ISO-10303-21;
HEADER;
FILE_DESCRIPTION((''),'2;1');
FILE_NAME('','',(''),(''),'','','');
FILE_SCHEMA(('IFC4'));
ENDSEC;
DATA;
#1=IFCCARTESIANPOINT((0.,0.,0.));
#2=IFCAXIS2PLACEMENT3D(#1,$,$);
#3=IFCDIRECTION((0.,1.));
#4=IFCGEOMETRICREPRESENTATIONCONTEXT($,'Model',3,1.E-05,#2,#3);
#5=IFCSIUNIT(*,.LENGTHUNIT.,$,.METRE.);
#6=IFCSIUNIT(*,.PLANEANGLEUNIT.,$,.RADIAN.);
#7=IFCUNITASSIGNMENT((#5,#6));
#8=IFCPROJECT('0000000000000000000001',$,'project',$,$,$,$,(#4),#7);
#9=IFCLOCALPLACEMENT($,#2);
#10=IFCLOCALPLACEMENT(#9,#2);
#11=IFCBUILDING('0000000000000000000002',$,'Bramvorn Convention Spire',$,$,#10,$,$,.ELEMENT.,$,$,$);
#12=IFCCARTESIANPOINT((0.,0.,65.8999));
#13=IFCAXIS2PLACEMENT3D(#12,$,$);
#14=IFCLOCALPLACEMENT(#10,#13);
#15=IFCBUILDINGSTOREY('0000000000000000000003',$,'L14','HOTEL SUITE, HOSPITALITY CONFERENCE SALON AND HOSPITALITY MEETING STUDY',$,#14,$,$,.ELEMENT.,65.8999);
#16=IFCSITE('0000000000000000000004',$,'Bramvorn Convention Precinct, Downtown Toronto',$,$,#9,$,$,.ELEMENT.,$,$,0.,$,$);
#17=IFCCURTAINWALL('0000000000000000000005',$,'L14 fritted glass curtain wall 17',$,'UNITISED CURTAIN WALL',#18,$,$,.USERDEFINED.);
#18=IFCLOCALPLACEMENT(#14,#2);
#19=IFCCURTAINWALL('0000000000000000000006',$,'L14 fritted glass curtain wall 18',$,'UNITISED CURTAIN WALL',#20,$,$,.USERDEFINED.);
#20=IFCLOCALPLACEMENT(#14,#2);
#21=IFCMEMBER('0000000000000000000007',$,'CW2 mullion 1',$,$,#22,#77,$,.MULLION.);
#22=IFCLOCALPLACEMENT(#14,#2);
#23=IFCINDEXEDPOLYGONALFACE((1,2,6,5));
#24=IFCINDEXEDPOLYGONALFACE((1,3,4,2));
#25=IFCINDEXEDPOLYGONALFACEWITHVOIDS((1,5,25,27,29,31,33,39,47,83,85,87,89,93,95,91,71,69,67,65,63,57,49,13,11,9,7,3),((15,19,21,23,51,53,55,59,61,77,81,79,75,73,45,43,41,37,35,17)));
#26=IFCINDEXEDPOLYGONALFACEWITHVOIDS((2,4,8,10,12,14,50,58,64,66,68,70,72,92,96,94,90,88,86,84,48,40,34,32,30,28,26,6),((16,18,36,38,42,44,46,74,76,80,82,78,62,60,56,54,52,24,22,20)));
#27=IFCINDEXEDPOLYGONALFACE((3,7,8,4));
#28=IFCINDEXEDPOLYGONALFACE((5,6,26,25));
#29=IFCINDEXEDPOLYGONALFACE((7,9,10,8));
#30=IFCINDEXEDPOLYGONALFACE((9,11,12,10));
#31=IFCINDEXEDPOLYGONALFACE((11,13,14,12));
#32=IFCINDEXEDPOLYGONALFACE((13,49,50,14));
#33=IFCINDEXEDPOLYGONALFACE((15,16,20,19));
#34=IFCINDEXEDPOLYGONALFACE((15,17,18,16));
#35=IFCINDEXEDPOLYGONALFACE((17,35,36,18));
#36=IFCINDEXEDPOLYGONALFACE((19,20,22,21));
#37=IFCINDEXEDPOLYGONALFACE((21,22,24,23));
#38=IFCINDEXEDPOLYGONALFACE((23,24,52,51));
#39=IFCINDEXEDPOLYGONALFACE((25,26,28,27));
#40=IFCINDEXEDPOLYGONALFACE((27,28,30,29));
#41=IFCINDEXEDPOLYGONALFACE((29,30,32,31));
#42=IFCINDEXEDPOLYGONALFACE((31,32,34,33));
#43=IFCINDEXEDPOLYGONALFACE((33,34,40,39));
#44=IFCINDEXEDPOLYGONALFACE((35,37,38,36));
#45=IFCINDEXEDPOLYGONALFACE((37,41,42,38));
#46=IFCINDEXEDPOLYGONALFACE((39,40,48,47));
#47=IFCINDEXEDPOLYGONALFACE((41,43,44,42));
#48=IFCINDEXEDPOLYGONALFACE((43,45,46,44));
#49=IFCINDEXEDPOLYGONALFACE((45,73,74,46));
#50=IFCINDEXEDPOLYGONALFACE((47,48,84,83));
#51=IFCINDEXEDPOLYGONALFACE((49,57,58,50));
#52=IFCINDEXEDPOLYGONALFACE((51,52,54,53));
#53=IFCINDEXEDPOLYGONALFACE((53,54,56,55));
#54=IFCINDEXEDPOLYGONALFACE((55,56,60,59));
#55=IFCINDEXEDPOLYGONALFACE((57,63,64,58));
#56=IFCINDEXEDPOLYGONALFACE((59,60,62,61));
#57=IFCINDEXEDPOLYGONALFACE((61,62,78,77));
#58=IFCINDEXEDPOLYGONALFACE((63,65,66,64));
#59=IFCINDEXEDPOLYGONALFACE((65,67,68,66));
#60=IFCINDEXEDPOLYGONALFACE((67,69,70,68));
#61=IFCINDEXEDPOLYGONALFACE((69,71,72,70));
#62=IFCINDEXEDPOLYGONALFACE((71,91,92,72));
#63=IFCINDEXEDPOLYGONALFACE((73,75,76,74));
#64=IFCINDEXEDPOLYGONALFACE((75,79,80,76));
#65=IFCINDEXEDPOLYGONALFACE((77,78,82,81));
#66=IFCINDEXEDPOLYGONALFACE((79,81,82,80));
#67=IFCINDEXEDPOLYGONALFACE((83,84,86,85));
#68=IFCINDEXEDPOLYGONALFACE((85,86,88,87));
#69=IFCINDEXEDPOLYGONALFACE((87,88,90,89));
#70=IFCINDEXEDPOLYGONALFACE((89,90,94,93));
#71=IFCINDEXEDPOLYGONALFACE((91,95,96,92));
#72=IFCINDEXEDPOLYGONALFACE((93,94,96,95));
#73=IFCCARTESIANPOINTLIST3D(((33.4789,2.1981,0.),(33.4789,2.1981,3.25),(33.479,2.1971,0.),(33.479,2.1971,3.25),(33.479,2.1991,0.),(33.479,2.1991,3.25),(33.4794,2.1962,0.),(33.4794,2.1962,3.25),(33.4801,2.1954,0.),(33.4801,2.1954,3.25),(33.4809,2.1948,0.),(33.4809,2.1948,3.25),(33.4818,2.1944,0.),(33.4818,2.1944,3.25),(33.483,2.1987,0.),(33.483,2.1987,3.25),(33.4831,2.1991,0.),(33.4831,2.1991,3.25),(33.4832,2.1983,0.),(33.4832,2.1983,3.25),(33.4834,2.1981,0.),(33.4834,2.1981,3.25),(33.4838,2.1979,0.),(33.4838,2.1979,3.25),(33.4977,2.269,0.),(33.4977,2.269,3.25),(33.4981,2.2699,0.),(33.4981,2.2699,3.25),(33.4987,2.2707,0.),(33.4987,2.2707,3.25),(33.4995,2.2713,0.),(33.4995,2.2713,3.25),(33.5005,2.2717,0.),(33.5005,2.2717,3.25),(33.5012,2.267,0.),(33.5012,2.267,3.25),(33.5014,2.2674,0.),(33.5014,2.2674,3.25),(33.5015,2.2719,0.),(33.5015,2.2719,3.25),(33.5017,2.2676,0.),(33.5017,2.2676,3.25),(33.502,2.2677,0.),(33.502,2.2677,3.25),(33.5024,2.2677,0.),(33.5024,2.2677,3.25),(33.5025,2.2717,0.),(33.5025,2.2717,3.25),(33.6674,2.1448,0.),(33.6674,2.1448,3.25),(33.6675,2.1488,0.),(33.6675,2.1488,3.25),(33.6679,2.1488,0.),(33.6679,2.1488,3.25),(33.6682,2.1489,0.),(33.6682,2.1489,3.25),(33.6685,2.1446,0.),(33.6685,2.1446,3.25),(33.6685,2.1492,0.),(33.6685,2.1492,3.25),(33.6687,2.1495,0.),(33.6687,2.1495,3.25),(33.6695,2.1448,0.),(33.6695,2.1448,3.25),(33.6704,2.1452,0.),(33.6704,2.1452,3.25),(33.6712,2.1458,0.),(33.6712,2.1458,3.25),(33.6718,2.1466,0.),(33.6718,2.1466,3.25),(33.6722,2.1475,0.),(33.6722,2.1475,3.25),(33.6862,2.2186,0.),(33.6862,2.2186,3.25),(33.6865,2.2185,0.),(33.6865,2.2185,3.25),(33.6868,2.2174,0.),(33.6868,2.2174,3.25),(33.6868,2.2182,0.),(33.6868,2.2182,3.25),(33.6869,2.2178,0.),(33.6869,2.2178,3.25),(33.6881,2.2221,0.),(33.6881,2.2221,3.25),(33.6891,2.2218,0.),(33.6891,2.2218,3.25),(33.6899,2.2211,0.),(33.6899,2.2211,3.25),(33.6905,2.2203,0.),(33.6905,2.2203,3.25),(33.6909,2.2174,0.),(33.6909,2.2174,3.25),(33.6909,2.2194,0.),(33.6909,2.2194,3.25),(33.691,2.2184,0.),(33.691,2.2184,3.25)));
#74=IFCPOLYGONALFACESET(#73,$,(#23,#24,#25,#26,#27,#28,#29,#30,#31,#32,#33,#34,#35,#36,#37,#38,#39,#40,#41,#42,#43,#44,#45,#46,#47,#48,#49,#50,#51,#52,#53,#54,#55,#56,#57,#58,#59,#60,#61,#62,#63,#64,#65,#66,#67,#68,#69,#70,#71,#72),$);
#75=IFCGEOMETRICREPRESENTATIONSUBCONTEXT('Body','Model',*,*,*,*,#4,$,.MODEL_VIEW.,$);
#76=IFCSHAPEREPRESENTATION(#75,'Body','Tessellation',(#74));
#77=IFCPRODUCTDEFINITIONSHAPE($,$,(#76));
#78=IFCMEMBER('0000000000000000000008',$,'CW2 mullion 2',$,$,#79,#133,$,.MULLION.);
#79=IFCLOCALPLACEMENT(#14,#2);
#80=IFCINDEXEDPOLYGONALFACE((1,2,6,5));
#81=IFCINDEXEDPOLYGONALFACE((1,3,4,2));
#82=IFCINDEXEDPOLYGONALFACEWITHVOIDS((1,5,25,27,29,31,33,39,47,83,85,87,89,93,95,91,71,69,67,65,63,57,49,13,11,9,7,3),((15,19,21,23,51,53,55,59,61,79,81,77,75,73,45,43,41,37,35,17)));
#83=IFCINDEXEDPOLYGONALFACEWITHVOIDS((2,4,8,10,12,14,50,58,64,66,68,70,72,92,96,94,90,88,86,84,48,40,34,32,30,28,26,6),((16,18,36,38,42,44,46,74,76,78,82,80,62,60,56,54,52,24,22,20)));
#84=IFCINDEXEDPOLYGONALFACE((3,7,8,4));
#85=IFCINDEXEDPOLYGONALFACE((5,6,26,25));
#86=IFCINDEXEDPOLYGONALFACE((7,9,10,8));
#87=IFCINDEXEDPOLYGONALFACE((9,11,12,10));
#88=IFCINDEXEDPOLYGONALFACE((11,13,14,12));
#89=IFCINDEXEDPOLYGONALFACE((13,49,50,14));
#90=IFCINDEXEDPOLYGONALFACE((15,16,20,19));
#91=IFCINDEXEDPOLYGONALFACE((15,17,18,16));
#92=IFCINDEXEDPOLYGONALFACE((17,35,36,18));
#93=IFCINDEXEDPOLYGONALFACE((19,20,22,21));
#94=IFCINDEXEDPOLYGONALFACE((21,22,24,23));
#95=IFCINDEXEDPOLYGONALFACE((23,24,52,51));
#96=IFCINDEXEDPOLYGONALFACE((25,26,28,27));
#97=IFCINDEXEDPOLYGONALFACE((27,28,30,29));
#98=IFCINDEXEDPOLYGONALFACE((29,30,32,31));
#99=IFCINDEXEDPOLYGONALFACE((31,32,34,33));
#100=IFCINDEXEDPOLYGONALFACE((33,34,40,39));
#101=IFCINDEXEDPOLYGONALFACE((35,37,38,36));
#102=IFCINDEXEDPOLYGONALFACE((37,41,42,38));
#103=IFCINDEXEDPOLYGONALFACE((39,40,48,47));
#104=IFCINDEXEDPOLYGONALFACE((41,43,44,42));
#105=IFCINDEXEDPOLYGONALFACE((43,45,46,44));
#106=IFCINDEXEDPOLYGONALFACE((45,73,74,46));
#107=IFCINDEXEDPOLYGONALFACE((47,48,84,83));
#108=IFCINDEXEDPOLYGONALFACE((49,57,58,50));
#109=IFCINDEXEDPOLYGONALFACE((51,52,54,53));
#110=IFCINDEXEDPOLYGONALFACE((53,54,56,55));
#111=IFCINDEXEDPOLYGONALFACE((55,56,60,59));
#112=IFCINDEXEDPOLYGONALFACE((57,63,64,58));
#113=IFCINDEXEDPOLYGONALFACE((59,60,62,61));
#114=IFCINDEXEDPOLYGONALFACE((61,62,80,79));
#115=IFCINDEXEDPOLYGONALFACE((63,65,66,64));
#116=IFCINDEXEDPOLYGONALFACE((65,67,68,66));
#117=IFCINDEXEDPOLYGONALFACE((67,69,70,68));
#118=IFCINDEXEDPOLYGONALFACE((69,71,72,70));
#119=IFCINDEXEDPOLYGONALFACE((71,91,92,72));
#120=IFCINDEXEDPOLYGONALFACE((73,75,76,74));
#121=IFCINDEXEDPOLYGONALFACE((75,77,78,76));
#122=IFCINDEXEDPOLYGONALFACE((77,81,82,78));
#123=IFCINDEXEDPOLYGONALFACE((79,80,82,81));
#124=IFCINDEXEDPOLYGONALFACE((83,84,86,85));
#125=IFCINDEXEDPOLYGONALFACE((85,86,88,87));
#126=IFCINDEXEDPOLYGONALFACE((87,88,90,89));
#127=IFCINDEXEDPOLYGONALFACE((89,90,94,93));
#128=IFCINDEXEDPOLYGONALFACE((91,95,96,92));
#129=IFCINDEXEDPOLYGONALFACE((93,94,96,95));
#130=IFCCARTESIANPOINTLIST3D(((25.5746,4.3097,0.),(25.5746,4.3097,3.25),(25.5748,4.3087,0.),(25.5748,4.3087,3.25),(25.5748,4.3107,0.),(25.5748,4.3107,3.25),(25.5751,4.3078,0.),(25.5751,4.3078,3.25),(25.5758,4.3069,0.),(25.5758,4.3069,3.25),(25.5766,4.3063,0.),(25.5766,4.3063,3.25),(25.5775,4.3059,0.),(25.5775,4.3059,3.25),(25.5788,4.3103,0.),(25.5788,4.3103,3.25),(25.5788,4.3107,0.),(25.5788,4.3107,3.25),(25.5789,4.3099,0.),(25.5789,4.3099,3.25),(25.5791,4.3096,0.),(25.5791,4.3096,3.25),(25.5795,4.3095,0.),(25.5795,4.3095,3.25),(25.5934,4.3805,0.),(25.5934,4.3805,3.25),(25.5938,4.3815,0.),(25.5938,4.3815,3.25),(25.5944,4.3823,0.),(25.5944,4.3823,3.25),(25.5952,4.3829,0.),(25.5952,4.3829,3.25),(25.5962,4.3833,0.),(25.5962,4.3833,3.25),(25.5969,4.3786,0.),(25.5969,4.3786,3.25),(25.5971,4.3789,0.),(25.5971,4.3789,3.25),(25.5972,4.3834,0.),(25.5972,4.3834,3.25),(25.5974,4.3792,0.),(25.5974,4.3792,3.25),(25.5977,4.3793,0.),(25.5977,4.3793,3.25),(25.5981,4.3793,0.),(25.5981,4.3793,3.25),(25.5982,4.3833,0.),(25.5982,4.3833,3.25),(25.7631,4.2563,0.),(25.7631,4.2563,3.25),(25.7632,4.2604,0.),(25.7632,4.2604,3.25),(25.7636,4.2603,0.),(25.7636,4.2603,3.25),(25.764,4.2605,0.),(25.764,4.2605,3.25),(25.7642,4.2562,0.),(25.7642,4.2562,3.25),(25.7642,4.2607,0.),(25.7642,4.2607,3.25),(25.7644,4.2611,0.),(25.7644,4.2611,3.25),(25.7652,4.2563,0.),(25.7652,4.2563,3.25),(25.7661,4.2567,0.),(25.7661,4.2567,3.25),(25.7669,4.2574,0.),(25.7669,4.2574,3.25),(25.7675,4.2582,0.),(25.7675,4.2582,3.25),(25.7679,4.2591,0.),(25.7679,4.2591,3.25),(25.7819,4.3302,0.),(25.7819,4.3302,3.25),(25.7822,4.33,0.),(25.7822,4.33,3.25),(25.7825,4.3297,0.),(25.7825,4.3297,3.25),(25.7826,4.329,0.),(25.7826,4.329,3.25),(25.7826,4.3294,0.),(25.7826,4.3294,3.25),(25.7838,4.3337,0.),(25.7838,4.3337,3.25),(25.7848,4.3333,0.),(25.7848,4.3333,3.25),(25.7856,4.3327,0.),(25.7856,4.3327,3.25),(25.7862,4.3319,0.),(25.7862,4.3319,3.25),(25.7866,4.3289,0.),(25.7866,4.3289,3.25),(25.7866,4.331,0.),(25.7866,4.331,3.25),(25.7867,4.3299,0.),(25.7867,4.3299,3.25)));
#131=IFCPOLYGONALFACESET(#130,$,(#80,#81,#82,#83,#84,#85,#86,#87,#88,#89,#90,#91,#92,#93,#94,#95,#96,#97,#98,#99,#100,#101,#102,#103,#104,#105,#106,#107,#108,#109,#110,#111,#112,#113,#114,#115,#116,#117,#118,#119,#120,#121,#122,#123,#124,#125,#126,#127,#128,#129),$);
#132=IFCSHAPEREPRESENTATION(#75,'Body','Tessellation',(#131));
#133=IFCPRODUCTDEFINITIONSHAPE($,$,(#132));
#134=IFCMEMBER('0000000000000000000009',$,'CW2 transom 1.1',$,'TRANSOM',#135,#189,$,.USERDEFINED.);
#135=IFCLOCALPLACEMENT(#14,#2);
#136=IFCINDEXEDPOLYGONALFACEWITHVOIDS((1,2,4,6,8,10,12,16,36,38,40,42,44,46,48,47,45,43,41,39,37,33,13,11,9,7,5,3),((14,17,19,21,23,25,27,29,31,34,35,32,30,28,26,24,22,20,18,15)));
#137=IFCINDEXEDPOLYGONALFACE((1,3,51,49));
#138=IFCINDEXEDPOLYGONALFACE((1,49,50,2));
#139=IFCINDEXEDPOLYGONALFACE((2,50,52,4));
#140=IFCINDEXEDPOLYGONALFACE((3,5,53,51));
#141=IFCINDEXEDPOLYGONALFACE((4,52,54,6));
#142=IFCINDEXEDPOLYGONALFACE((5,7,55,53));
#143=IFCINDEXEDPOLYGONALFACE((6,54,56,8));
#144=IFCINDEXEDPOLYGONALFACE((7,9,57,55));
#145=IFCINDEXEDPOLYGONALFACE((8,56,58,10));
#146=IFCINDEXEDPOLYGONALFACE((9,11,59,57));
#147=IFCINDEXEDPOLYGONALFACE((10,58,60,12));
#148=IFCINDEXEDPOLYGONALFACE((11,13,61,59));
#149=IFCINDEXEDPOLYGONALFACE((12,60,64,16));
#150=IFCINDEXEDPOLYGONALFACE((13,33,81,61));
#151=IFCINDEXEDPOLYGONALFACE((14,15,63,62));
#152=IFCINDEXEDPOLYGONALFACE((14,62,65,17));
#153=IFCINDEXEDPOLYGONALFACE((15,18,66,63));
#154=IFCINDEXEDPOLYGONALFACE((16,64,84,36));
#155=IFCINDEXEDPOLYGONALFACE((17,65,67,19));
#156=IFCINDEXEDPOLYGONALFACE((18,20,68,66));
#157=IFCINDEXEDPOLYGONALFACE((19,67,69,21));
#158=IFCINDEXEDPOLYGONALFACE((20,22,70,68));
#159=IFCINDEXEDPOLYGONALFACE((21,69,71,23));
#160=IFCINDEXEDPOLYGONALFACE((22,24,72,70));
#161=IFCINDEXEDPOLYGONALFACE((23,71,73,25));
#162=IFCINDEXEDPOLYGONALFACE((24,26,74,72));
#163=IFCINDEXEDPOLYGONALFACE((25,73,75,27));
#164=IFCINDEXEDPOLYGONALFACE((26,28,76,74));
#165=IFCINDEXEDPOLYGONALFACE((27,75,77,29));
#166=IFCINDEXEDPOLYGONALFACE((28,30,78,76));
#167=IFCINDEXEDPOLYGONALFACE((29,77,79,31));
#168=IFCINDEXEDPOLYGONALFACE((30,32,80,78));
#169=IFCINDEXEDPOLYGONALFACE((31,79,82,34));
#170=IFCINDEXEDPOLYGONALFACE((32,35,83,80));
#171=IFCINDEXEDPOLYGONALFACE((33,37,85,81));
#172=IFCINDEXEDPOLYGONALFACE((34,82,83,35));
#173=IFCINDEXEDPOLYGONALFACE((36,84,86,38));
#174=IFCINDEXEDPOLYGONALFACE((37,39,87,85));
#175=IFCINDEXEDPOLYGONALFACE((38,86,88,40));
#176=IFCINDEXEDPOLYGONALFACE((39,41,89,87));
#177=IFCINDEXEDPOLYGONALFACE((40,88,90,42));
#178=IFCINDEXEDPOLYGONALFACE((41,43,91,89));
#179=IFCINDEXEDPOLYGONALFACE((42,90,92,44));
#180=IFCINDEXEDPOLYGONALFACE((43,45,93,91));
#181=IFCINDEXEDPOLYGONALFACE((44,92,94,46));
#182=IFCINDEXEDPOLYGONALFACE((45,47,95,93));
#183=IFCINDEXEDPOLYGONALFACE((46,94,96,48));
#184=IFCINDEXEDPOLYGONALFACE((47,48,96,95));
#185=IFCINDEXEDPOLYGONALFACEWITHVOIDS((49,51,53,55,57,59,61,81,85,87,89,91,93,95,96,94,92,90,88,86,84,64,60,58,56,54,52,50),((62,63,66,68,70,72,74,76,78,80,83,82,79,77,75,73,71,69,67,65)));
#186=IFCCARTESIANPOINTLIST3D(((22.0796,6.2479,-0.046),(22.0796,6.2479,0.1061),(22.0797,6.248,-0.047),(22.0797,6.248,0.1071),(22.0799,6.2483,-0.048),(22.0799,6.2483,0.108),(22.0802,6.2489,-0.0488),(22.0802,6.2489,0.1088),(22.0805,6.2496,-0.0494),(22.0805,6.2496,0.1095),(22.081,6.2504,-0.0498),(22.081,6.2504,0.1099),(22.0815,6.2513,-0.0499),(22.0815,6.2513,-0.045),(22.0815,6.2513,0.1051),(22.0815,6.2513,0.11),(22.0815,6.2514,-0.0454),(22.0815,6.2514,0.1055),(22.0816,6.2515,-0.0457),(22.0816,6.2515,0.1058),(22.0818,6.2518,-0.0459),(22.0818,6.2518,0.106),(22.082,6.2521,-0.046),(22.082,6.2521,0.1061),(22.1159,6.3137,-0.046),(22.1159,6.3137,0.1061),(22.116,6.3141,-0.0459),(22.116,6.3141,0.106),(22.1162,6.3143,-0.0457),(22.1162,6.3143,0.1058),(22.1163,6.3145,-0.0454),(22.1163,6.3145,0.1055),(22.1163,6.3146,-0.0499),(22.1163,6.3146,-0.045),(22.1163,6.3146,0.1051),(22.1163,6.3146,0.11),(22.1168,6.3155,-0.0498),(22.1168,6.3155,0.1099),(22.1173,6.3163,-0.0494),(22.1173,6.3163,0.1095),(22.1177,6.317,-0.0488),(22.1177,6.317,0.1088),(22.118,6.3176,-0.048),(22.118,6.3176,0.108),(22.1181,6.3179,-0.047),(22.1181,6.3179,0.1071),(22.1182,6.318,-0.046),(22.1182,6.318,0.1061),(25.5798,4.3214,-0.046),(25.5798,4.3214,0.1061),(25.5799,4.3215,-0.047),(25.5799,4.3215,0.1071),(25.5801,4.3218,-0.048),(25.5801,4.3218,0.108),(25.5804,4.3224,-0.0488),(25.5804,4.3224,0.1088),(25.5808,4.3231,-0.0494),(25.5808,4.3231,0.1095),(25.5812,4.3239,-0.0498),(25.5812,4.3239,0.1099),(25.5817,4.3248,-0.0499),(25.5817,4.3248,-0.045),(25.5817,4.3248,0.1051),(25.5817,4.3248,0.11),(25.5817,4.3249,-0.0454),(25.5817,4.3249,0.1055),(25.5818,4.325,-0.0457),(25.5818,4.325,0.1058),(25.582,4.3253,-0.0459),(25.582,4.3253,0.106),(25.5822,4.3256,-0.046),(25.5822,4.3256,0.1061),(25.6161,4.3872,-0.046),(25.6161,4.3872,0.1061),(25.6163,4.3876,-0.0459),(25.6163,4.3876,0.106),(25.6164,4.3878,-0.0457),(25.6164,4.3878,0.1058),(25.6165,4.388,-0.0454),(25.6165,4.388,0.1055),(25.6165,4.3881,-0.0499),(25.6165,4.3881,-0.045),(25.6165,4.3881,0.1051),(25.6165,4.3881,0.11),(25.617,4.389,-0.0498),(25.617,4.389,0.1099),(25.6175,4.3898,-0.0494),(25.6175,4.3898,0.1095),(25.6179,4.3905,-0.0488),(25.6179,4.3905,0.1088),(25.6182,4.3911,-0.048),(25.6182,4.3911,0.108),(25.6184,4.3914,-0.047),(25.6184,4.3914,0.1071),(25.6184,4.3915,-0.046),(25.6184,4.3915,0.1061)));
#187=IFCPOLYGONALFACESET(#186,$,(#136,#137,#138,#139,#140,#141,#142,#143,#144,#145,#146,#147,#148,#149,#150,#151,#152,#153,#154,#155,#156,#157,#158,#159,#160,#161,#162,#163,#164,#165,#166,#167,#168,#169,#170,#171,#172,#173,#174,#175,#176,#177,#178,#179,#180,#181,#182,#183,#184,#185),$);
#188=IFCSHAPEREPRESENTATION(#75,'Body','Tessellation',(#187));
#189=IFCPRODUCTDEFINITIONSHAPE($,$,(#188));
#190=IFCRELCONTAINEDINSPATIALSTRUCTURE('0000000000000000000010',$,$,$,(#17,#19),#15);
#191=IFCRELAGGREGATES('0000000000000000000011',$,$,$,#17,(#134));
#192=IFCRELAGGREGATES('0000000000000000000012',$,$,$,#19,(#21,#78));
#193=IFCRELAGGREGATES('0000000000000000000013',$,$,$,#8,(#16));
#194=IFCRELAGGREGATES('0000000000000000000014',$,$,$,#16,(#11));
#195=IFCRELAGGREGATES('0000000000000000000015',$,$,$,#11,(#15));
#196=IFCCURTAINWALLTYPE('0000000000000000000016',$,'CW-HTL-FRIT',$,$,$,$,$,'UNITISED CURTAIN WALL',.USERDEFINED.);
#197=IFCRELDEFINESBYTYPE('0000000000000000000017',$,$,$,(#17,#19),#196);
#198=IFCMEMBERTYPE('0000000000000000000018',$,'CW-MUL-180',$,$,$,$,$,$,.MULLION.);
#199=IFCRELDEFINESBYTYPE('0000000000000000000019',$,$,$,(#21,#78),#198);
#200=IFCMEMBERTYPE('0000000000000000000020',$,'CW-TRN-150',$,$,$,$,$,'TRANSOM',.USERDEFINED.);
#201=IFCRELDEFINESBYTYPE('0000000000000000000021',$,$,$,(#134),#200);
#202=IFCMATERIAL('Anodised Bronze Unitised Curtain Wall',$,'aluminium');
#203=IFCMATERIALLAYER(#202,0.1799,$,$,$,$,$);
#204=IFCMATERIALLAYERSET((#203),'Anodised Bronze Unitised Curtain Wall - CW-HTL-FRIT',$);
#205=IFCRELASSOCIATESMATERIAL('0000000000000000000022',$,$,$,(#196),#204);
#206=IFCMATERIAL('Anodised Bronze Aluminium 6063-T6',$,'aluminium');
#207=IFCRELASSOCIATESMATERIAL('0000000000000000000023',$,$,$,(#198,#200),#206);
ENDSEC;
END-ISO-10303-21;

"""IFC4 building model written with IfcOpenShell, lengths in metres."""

from ifc_helpers import new_model, si_unit, direction, frame, origin, origin_2d, place, context, subcontext, project, spatial, hollow_rectangle, extrude, material, layer, layer_set, material_profile, profile_set, type_object, element, aggregate, save


model = new_model("IFC4")

# Units and contexts
model_context = context("Model", 3, precision=1e-05, world=origin(), true_north=direction((0.0, 1.0)))
body_context = subcontext(model_context, "Body", "Model", "MODEL_VIEW")
ifc_project = project(units=[si_unit("LENGTHUNIT", "METRE"), si_unit("PLANEANGLEUNIT", "RADIAN")], contexts=[model_context])

# Site, building, storey
site_placement = place(None, origin())
site = spatial("IfcSite", under=ifc_project, at=site_placement, Name="Bramvorn Convention Precinct, Downtown Toronto", CompositionType="ELEMENT", RefElevation=0.0)
building_placement = place(site_placement, origin())
building = spatial("IfcBuilding", under=site, at=building_placement, Name="Bramvorn Convention Spire", CompositionType="ELEMENT")
storey_placement = place(building_placement, frame((0.0, 0.0, 65.8999)))
storey = spatial("IfcBuildingStorey", under=building, at=storey_placement, Name="L14", Description="HOTEL SUITE, HOSPITALITY CONFERENCE SALON AND HOSPITALITY MEETING STUDY", CompositionType="ELEMENT", Elevation=65.8999)

# Curtain wall
ifc_material_1 = material(Name="Anodised Bronze Unitised Curtain Wall", Category="aluminium")
ifc_layer_1 = layer(ifc_material_1, 0.1799)
ifc_layer_set_1 = layer_set([ifc_layer_1], Name="Anodised Bronze Unitised Curtain Wall - CW-HTL-FRIT")
curtain_wall_type = type_object("IfcCurtainWallType", Name="CW-HTL-FRIT", ElementType="UNITISED CURTAIN WALL", PredefinedType="USERDEFINED", material=ifc_layer_set_1)
curtain_wall_1_placement = place(storey_placement, origin())
curtain_wall_1 = element("IfcCurtainWall", 1, at=curtain_wall_1_placement, inside=storey, type_object=curtain_wall_type, Name="L14 fritted glass curtain wall 17", ObjectType="UNITISED CURTAIN WALL", PredefinedType="USERDEFINED")
ifc_material_2 = material(Name="Anodised Bronze Aluminium 6063-T6", Category="aluminium")
ifc_material_profile_1 = material_profile(ifc_material_2, hollow_rectangle(XDim=0.0801, YDim=0.2, WallThickness=0.0039, InnerFilletRadius=0.001, OuterFilletRadius=0.0039, at=origin_2d()))
ifc_profile_set_1 = profile_set([ifc_material_profile_1], Name="Anodised Bronze Aluminium 6063-T6 - CWM80X200")
member_type_1 = type_object("IfcMemberType", Name="CW-MUL-180", PredefinedType="MULLION", material=ifc_profile_set_1)

# Curtain wall, members
curtain_wall_2_placement = place(storey_placement, origin())
curtain_wall_2 = element("IfcCurtainWall", 2, at=curtain_wall_2_placement, inside=storey, type_object=curtain_wall_type, Name="L14 fritted glass curtain wall 18", ObjectType="UNITISED CURTAIN WALL", PredefinedType="USERDEFINED")
member_1_placement = place(storey_placement, frame((33.585, 2.2083, 0.0), z_axis=(0.0, 0.0, 1.0), x_axis=(-0.258087, -0.966122, 0.0)))
member_1 = element("IfcMember", 3, at=member_1_placement, type_object=member_type_1, Name="CW2 mullion 1", PredefinedType="MULLION", context=body_context, shape_type="SweptSolid", body=[
    extrude(hollow_rectangle(XDim=0.0801, YDim=0.2, WallThickness=0.0039, InnerFilletRadius=0.001, OuterFilletRadius=0.0039, at=origin_2d()), origin(), (0.0, 0.0, 1.0), 3.25),
])
member_2_placement = place(storey_placement, frame((25.6807, 4.3198, 0.0), z_axis=(0.0, 0.0, 1.0), x_axis=(-0.258087, -0.966122, 0.0)))
member_2 = element("IfcMember", 4, at=member_2_placement, type_object=member_type_1, Name="CW2 mullion 2", PredefinedType="MULLION", context=body_context, shape_type="SweptSolid", body=[
    extrude(hollow_rectangle(XDim=0.0801, YDim=0.2, WallThickness=0.0039, InnerFilletRadius=0.001, OuterFilletRadius=0.0039, at=origin_2d()), origin(), (0.0, 0.0, 1.0), 3.25),
])

# Member
ifc_material_profile_2 = material_profile(ifc_material_2, hollow_rectangle(XDim=0.0801, YDim=0.1599, WallThickness=0.0039, InnerFilletRadius=0.001, OuterFilletRadius=0.0039, at=origin_2d()))
ifc_profile_set_2 = profile_set([ifc_material_profile_2], Name="Anodised Bronze Aluminium 6063-T6 - CWT80X160")
member_type_2 = type_object("IfcMemberType", Name="CW-TRN-150", ElementType="TRANSOM", PredefinedType="USERDEFINED", material=ifc_profile_set_2)
member_3_placement = place(storey_placement, frame((25.5991, 4.3564, 0.03), z_axis=(-0.87607, 0.482184, 0.0), x_axis=(-0.482184, -0.87607, 0.0)))
member_3 = element("IfcMember", 5, at=member_3_placement, type_object=member_type_2, Name="CW2 transom 1.1", ObjectType="TRANSOM", PredefinedType="USERDEFINED", context=body_context, shape_type="SweptSolid", body=[
    extrude(hollow_rectangle(XDim=0.0801, YDim=0.1599, WallThickness=0.0039, InnerFilletRadius=0.001, OuterFilletRadius=0.0039, at=origin_2d()), origin(), (0.0, 0.0, 1.0), 3.9954),
])
aggregate(curtain_wall_1, [member_3])

aggregate(curtain_wall_2, [member_1, member_2])

save(model, "model.ifc")
